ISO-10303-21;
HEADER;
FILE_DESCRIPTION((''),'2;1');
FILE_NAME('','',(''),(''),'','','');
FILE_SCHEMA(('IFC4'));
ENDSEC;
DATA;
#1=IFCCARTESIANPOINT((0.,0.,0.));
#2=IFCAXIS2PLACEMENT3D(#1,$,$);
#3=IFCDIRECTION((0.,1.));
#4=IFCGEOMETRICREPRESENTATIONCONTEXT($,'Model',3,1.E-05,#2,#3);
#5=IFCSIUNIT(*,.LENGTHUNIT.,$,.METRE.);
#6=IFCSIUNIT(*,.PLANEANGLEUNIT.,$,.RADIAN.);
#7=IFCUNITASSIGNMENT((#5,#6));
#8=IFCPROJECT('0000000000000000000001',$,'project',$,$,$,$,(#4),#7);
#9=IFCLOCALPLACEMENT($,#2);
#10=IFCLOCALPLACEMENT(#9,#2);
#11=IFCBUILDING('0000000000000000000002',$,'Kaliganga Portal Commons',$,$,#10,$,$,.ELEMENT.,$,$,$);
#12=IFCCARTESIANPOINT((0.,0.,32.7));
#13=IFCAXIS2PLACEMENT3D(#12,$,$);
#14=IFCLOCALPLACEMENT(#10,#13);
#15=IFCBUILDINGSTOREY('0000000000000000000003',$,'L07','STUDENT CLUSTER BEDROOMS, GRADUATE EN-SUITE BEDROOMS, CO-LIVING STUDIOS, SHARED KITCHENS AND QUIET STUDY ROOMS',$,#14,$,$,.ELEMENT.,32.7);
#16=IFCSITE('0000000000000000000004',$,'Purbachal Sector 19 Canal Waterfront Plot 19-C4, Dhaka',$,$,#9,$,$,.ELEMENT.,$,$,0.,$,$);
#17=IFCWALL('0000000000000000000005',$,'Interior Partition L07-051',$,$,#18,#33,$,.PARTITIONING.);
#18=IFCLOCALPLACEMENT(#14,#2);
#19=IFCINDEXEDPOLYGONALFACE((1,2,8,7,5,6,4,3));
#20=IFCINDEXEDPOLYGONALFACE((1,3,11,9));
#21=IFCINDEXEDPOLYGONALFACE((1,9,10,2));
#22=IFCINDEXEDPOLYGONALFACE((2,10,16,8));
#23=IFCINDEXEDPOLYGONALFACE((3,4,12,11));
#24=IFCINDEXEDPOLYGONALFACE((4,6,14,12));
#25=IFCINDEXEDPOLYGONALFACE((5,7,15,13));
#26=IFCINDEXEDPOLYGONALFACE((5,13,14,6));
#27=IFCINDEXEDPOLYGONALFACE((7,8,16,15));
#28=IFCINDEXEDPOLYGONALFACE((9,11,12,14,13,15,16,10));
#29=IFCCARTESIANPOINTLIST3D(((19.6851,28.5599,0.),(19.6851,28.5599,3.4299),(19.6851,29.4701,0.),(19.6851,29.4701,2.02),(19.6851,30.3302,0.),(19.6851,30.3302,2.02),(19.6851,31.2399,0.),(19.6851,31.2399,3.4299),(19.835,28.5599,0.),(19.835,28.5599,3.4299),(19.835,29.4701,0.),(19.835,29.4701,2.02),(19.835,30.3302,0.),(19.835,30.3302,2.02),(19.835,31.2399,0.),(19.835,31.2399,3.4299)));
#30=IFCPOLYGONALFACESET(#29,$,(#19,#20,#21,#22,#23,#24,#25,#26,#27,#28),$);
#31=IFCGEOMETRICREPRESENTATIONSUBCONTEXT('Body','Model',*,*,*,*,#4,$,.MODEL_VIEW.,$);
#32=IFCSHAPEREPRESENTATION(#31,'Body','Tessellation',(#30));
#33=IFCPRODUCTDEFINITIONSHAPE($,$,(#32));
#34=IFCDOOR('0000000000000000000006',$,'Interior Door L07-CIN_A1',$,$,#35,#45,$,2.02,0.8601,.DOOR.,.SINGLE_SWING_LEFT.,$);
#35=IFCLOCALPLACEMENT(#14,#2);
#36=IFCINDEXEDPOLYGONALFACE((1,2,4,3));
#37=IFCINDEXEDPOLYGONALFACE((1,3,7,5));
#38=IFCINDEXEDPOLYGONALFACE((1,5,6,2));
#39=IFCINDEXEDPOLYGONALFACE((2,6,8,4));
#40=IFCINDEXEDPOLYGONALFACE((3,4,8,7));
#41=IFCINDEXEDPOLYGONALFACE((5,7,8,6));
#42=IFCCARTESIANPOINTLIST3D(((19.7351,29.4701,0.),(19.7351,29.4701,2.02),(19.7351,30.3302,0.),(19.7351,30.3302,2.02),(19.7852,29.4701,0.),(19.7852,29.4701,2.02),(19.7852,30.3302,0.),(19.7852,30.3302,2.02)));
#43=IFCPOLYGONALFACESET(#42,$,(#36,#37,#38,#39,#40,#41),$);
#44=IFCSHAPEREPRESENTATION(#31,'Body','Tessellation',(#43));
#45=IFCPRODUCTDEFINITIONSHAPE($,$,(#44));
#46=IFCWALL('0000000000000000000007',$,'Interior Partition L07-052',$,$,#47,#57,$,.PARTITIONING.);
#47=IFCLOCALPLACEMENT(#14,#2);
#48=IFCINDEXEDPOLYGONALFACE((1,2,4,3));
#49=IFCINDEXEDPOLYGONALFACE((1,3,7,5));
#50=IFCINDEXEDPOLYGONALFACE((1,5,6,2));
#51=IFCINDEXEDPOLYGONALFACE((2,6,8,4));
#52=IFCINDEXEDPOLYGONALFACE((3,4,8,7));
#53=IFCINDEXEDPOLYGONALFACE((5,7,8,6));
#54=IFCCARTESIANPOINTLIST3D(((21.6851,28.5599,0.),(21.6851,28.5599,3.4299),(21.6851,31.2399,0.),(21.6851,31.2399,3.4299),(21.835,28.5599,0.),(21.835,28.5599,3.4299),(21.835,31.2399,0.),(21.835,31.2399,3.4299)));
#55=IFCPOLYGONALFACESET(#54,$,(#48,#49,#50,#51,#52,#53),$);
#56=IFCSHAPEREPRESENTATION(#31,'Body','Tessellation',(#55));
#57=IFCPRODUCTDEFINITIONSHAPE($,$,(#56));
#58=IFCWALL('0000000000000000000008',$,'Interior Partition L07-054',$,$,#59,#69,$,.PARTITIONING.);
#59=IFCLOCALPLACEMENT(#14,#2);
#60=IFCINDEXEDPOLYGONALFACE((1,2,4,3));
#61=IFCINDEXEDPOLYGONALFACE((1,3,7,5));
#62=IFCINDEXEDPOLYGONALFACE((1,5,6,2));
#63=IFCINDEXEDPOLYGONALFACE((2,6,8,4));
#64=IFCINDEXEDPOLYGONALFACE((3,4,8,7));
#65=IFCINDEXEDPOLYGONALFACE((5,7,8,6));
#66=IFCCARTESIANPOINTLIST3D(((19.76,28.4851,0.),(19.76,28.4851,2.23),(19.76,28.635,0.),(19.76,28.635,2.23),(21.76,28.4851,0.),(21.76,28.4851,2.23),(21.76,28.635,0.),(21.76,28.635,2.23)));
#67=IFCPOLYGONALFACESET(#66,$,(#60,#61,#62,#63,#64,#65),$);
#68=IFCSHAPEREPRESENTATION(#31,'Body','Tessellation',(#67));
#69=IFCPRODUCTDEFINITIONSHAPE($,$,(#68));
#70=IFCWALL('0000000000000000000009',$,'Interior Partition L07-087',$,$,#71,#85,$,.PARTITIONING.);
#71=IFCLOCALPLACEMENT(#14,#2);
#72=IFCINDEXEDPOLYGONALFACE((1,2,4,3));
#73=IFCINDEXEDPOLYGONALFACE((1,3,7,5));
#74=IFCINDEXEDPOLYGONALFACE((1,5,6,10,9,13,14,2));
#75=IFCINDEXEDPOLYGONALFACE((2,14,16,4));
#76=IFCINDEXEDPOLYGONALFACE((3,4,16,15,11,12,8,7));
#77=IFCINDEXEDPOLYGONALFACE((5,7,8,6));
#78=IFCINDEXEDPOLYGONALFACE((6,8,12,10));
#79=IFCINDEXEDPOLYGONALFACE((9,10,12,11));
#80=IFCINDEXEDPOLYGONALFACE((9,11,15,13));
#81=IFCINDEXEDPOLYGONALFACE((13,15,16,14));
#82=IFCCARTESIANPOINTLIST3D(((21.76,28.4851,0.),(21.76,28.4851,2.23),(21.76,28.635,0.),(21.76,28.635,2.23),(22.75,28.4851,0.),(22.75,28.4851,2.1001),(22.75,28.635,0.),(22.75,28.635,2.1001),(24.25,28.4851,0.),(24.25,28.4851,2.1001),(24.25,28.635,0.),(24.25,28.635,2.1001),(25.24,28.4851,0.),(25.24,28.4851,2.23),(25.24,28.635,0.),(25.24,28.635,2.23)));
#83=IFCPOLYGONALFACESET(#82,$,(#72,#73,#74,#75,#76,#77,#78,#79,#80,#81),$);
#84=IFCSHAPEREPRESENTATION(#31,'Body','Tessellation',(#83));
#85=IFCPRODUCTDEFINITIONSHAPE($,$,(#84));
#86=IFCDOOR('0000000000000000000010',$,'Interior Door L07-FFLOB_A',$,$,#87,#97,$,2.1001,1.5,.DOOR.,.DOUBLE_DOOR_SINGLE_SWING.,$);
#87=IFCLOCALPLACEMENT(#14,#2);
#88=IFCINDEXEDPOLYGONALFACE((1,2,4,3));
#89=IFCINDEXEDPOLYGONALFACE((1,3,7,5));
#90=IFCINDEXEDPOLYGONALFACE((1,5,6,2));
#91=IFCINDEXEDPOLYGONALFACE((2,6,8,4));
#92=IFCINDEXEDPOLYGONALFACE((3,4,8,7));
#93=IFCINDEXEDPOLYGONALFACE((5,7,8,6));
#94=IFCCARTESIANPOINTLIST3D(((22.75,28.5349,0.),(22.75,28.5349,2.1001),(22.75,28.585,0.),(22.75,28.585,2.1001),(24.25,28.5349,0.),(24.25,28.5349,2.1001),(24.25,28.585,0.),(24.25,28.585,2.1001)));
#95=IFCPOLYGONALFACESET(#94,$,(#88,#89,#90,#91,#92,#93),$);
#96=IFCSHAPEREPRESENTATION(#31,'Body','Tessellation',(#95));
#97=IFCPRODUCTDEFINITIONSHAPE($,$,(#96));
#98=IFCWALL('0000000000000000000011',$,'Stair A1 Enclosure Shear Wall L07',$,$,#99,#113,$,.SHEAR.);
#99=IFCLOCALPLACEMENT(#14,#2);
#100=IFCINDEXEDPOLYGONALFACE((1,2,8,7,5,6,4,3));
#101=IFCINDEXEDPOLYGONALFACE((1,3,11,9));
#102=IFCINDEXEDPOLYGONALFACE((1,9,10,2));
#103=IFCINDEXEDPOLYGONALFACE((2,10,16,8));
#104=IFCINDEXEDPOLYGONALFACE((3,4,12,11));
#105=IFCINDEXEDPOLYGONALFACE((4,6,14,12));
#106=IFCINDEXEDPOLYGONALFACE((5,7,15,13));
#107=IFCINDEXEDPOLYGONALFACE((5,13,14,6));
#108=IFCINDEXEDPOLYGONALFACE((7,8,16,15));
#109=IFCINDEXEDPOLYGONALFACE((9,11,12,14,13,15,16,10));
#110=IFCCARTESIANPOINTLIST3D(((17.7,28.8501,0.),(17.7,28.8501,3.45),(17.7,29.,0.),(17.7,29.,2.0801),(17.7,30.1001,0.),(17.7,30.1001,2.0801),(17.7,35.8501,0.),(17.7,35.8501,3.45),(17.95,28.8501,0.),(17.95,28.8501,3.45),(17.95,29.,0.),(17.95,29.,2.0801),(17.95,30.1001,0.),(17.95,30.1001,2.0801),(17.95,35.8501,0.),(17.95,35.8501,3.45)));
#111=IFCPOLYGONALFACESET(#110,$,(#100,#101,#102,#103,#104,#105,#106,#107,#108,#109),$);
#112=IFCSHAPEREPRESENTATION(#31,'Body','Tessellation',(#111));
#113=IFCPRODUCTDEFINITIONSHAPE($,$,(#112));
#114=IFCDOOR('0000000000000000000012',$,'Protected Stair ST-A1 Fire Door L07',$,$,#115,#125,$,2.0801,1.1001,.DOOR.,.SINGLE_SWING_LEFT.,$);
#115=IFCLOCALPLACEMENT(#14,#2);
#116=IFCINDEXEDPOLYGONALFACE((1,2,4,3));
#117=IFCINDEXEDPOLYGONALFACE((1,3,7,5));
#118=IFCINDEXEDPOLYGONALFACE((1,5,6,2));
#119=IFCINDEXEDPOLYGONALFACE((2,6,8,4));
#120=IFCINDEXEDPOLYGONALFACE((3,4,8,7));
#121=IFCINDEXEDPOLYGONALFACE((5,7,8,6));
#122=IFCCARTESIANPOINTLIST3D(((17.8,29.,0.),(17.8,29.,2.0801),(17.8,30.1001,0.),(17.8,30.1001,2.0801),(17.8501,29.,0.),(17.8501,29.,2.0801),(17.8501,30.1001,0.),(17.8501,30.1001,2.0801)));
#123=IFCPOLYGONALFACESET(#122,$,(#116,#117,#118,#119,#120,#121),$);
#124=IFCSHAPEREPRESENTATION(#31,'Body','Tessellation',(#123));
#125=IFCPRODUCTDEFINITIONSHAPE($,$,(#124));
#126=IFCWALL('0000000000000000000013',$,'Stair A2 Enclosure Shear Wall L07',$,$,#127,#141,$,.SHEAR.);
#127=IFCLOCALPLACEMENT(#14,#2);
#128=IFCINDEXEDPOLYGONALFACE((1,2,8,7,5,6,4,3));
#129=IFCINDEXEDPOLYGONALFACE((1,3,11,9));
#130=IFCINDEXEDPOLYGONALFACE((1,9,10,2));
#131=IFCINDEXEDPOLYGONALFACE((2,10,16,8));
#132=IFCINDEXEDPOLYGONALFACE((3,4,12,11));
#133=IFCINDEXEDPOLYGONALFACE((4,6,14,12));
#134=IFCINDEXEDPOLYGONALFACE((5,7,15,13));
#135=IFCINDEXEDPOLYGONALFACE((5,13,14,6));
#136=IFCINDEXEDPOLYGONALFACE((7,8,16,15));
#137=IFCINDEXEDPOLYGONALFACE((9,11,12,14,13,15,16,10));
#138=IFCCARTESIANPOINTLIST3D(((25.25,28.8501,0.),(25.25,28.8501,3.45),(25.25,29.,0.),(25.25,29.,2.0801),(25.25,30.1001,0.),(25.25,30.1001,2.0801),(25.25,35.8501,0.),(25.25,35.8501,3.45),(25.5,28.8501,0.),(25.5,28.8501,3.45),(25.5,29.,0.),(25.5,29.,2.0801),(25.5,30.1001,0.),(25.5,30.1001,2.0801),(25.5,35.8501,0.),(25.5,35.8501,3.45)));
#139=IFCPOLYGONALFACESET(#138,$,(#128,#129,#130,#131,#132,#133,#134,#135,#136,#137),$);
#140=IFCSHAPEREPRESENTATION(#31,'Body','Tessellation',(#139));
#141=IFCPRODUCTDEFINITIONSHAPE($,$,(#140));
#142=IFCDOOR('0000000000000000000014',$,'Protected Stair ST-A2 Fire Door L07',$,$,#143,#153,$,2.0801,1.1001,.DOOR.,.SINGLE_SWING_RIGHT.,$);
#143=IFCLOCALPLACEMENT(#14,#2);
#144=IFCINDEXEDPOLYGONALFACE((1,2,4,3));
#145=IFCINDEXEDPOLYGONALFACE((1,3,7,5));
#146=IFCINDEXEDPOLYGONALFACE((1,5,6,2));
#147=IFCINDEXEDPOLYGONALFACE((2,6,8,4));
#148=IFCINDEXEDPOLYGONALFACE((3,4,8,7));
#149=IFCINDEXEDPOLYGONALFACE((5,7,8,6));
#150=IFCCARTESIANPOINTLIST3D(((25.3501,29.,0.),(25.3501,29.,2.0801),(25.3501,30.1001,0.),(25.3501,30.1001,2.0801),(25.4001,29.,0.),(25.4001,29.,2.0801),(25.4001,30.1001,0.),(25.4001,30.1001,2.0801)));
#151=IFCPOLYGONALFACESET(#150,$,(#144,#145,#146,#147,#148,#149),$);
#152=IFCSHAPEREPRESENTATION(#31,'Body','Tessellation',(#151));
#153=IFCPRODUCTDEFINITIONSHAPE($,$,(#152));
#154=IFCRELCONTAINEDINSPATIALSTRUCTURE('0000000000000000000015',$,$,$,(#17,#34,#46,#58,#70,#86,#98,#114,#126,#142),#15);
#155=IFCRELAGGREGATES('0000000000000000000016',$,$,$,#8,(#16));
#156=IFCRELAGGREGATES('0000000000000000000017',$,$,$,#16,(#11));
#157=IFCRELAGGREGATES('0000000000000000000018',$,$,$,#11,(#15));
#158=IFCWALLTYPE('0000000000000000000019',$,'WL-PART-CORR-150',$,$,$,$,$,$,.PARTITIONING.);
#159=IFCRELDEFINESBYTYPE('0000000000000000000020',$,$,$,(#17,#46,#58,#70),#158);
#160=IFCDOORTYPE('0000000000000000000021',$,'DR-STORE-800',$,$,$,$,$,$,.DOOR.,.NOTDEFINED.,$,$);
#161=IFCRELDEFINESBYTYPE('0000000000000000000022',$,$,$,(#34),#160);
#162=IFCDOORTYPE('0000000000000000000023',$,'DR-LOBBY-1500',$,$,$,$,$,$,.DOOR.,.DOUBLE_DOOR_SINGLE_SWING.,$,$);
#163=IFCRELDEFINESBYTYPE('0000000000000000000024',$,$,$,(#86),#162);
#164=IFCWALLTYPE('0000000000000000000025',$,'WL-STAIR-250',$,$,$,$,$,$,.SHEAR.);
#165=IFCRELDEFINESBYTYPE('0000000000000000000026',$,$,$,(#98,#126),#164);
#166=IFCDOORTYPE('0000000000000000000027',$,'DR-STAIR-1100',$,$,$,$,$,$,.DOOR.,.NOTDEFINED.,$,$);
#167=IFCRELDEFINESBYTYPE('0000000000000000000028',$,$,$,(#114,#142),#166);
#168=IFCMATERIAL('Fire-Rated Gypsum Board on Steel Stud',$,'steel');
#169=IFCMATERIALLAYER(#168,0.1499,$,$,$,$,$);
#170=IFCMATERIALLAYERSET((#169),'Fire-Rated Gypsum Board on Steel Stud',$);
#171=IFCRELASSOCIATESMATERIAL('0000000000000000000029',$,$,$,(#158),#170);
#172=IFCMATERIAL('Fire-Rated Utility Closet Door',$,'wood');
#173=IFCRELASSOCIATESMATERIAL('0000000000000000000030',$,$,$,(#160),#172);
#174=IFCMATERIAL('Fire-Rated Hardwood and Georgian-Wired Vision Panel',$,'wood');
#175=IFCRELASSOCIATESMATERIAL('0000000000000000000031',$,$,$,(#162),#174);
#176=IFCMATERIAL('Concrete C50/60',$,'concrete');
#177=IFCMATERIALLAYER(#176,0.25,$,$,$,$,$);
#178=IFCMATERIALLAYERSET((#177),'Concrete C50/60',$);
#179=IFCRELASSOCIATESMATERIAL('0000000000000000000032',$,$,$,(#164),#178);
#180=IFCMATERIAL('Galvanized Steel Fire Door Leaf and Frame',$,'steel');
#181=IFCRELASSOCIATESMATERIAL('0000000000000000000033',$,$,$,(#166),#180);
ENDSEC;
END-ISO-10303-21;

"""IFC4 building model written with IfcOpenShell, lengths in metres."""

from ifc_helpers import new_model, si_unit, direction, frame, frame_2d, origin, place, context, subcontext, project, spatial, rectangle, extrude, material, layer, layer_set, type_object, element, fill, save


model = new_model("IFC4")

# Units and contexts
model_context = context("Model", 3, precision=1e-05, world=origin(), true_north=direction((0.0, 1.0)))
body_context = subcontext(model_context, "Body", "Model", "MODEL_VIEW")
ifc_project = project(units=[si_unit("LENGTHUNIT", "METRE"), si_unit("PLANEANGLEUNIT", "RADIAN")], contexts=[model_context])

# Site, building, storey
site_placement = place(None, origin())
site = spatial("IfcSite", under=ifc_project, at=site_placement, Name="Purbachal Sector 19 Canal Waterfront Plot 19-C4, Dhaka", CompositionType="ELEMENT", RefElevation=0.0)
building_placement = place(site_placement, origin())
building = spatial("IfcBuilding", under=site, at=building_placement, Name="Kaliganga Portal Commons", CompositionType="ELEMENT")
storey_placement = place(building_placement, frame((0.0, 0.0, 32.7)))
storey = spatial("IfcBuildingStorey", under=building, at=storey_placement, Name="L07", Description="STUDENT CLUSTER BEDROOMS, GRADUATE EN-SUITE BEDROOMS, CO-LIVING STUDIOS, SHARED KITCHENS AND QUIET STUDY ROOMS", CompositionType="ELEMENT", Elevation=32.7)

# Wall, opening, door
ifc_material_1 = material(Name="Fire-Rated Gypsum Board on Steel Stud", Category="steel")
ifc_layer_1 = layer(ifc_material_1, 0.1499)
ifc_layer_set_1 = layer_set([ifc_layer_1], Name="Fire-Rated Gypsum Board on Steel Stud")
wall_type_1 = type_object("IfcWallType", Name="WL-PART-CORR-150", PredefinedType="PARTITIONING", material=ifc_layer_set_1)
wall_1_placement = place(storey_placement, frame((19.76, 28.5601, 0.0), z_axis=(0.0, 0.0, 1.0), x_axis=(0.0, 1.0, 0.0)))
wall_1 = element("IfcWall", 1, at=wall_1_placement, inside=storey, type_object=wall_type_1, Name="Interior Partition L07-051", PredefinedType="PARTITIONING", context=body_context, shape_type="SweptSolid", body=[
    extrude(rectangle(XDim=2.6799, YDim=0.1499, at=frame_2d((1.3398, 0.0))), origin(), (0.0, 0.0, 1.0), 3.4299),
])
opening_1_placement = place(wall_1_placement, frame((0.9099, 0.0, 0.0)))
opening_1 = element("IfcOpeningElement", 2, at=opening_1_placement, cuts=wall_1, PredefinedType="OPENING", context=body_context, shape_type="SweptSolid", body=[
    extrude(rectangle(XDim=0.8601, YDim=2.02, at=frame_2d((0.4302, 1.01))), frame((0.0, 0.085, 0.0), z_axis=(0.0, -1.0, 0.0), x_axis=(1.0, 0.0, 0.0)), (0.0, 0.0, 1.0), 0.1699),
])
ifc_material_2 = material(Name="Fire-Rated Utility Closet Door", Category="wood")
door_type_1 = type_object("IfcDoorType", Name="DR-STORE-800", OperationType="NOTDEFINED", PredefinedType="DOOR", material=ifc_material_2)
door_1_placement = place(opening_1_placement, origin())
door_1 = element("IfcDoor", 3, at=door_1_placement, inside=storey, type_object=door_type_1, Name="Interior Door L07-CIN_A1", OperationType="SINGLE_SWING_LEFT", OverallHeight=2.02, OverallWidth=0.8601, PredefinedType="DOOR", context=body_context, shape_type="SweptSolid", body=[
    extrude(rectangle(XDim=0.8601, YDim=2.02, at=frame_2d((0.4302, 1.01))), frame((0.0, 0.0249, 0.0), z_axis=(0.0, -1.0, 0.0), x_axis=(1.0, 0.0, 0.0)), (0.0, 0.0, 1.0), 0.05),
])
fill(opening_1, door_1)

# Walls
wall_2_placement = place(storey_placement, frame((21.76, 28.5601, 0.0), z_axis=(0.0, 0.0, 1.0), x_axis=(0.0, 1.0, 0.0)))
element("IfcWall", 4, at=wall_2_placement, inside=storey, type_object=wall_type_1, Name="Interior Partition L07-052", PredefinedType="PARTITIONING", context=body_context, shape_type="SweptSolid", body=[
    extrude(rectangle(XDim=2.6799, YDim=0.1499, at=frame_2d((1.3398, 0.0))), origin(), (0.0, 0.0, 1.0), 3.4299),
])
wall_3_placement = place(storey_placement, frame((19.76, 28.5601, 0.0), z_axis=(0.0, 0.0, 1.0), x_axis=(1.0, 0.0, 0.0)))
element("IfcWall", 5, at=wall_3_placement, inside=storey, type_object=wall_type_1, Name="Interior Partition L07-054", PredefinedType="PARTITIONING", context=body_context, shape_type="SweptSolid", body=[
    extrude(rectangle(XDim=2.0, YDim=0.1499, at=frame_2d((1.0, 0.0))), origin(), (0.0, 0.0, 1.0), 2.23),
])

# Walls, openings, doors
wall_4_placement = place(storey_placement, frame((21.76, 28.5601, 0.0), z_axis=(0.0, 0.0, 1.0), x_axis=(1.0, 0.0, 0.0)))
wall_4 = element("IfcWall", 6, at=wall_4_placement, inside=storey, type_object=wall_type_1, Name="Interior Partition L07-087", PredefinedType="PARTITIONING", context=body_context, shape_type="SweptSolid", body=[
    extrude(rectangle(XDim=3.48, YDim=0.1499, at=frame_2d((1.74, 0.0))), origin(), (0.0, 0.0, 1.0), 2.23),
])
opening_2_placement = place(wall_4_placement, frame((0.99, 0.0, 0.0)))
opening_2 = element("IfcOpeningElement", 7, at=opening_2_placement, cuts=wall_4, PredefinedType="OPENING", context=body_context, shape_type="SweptSolid", body=[
    extrude(rectangle(XDim=1.5, YDim=2.1001, at=frame_2d((0.75, 1.05))), frame((0.0, 0.085, 0.0), z_axis=(0.0, -1.0, 0.0), x_axis=(1.0, 0.0, 0.0)), (0.0, 0.0, 1.0), 0.1699),
])
ifc_material_3 = material(Name="Fire-Rated Hardwood and Georgian-Wired Vision Panel", Category="wood")
door_type_2 = type_object("IfcDoorType", Name="DR-LOBBY-1500", OperationType="DOUBLE_DOOR_SINGLE_SWING", PredefinedType="DOOR", material=ifc_material_3)
door_2_placement = place(opening_2_placement, origin())
door_2 = element("IfcDoor", 8, at=door_2_placement, inside=storey, type_object=door_type_2, Name="Interior Door L07-FFLOB_A", OperationType="DOUBLE_DOOR_SINGLE_SWING", OverallHeight=2.1001, OverallWidth=1.5, PredefinedType="DOOR", context=body_context, shape_type="SweptSolid", body=[
    extrude(rectangle(XDim=1.5, YDim=2.1001, at=frame_2d((0.75, 1.05))), frame((0.0, 0.0249, 0.0), z_axis=(0.0, -1.0, 0.0), x_axis=(1.0, 0.0, 0.0)), (0.0, 0.0, 1.0), 0.05),
])
fill(opening_2, door_2)
ifc_material_4 = material(Name="Concrete C50/60", Category="concrete")
ifc_layer_2 = layer(ifc_material_4, 0.25)
ifc_layer_set_2 = layer_set([ifc_layer_2], Name="Concrete C50/60")
wall_type_2 = type_object("IfcWallType", Name="WL-STAIR-250", PredefinedType="SHEAR", material=ifc_layer_set_2)
wall_5_placement = place(storey_placement, frame((17.825, 28.8501, 0.0), z_axis=(0.0, 0.0, 1.0), x_axis=(0.0, 1.0, 0.0)))
wall_5 = element("IfcWall", 9, at=wall_5_placement, inside=storey, type_object=wall_type_2, Name="Stair A1 Enclosure Shear Wall L07", PredefinedType="SHEAR", context=body_context, shape_type="SweptSolid", body=[
    extrude(rectangle(XDim=7.0, YDim=0.25, at=frame_2d((3.5, 0.0))), origin(), (0.0, 0.0, 1.0), 3.45),
])
opening_3_placement = place(wall_5_placement, frame((0.1499, 0.0, 0.0)))
opening_3 = element("IfcOpeningElement", 10, at=opening_3_placement, cuts=wall_5, PredefinedType="OPENING", context=body_context, shape_type="SweptSolid", body=[
    extrude(rectangle(XDim=1.1001, YDim=2.0801, at=frame_2d((0.55, 1.04))), frame((0.0, 0.135, 0.0), z_axis=(0.0, -1.0, 0.0), x_axis=(1.0, 0.0, 0.0)), (0.0, 0.0, 1.0), 0.27),
])
ifc_material_5 = material(Name="Galvanized Steel Fire Door Leaf and Frame", Category="steel")
door_type_3 = type_object("IfcDoorType", Name="DR-STAIR-1100", OperationType="NOTDEFINED", PredefinedType="DOOR", material=ifc_material_5)
door_3_placement = place(opening_3_placement, origin())
door_3 = element("IfcDoor", 11, at=door_3_placement, inside=storey, type_object=door_type_3, Name="Protected Stair ST-A1 Fire Door L07", OperationType="SINGLE_SWING_LEFT", OverallHeight=2.0801, OverallWidth=1.1001, PredefinedType="DOOR", context=body_context, shape_type="SweptSolid", body=[
    extrude(rectangle(XDim=1.1001, YDim=2.0801, at=frame_2d((0.55, 1.04))), frame((0.0, 0.0249, 0.0), z_axis=(0.0, -1.0, 0.0), x_axis=(1.0, 0.0, 0.0)), (0.0, 0.0, 1.0), 0.05),
])
fill(opening_3, door_3)
wall_6_placement = place(storey_placement, frame((25.375, 28.8501, 0.0), z_axis=(0.0, 0.0, 1.0), x_axis=(0.0, 1.0, 0.0)))
wall_6 = element("IfcWall", 12, at=wall_6_placement, inside=storey, type_object=wall_type_2, Name="Stair A2 Enclosure Shear Wall L07", PredefinedType="SHEAR", context=body_context, shape_type="SweptSolid", body=[
    extrude(rectangle(XDim=7.0, YDim=0.25, at=frame_2d((3.5, 0.0))), origin(), (0.0, 0.0, 1.0), 3.45),
])
opening_4_placement = place(wall_6_placement, frame((0.1499, 0.0, 0.0)))
opening_4 = element("IfcOpeningElement", 13, at=opening_4_placement, cuts=wall_6, PredefinedType="OPENING", context=body_context, shape_type="SweptSolid", body=[
    extrude(rectangle(XDim=1.1001, YDim=2.0801, at=frame_2d((0.55, 1.04))), frame((0.0, 0.135, 0.0), z_axis=(0.0, -1.0, 0.0), x_axis=(1.0, 0.0, 0.0)), (0.0, 0.0, 1.0), 0.27),
])
door_4_placement = place(opening_4_placement, origin())
door_4 = element("IfcDoor", 14, at=door_4_placement, inside=storey, type_object=door_type_3, Name="Protected Stair ST-A2 Fire Door L07", OperationType="SINGLE_SWING_RIGHT", OverallHeight=2.0801, OverallWidth=1.1001, PredefinedType="DOOR", context=body_context, shape_type="SweptSolid", body=[
    extrude(rectangle(XDim=1.1001, YDim=2.0801, at=frame_2d((0.55, 1.04))), frame((0.0, 0.0249, 0.0), z_axis=(0.0, -1.0, 0.0), x_axis=(1.0, 0.0, 0.0)), (0.0, 0.0, 1.0), 0.05),
])
fill(opening_4, door_4)

save(model, "model.ifc")
